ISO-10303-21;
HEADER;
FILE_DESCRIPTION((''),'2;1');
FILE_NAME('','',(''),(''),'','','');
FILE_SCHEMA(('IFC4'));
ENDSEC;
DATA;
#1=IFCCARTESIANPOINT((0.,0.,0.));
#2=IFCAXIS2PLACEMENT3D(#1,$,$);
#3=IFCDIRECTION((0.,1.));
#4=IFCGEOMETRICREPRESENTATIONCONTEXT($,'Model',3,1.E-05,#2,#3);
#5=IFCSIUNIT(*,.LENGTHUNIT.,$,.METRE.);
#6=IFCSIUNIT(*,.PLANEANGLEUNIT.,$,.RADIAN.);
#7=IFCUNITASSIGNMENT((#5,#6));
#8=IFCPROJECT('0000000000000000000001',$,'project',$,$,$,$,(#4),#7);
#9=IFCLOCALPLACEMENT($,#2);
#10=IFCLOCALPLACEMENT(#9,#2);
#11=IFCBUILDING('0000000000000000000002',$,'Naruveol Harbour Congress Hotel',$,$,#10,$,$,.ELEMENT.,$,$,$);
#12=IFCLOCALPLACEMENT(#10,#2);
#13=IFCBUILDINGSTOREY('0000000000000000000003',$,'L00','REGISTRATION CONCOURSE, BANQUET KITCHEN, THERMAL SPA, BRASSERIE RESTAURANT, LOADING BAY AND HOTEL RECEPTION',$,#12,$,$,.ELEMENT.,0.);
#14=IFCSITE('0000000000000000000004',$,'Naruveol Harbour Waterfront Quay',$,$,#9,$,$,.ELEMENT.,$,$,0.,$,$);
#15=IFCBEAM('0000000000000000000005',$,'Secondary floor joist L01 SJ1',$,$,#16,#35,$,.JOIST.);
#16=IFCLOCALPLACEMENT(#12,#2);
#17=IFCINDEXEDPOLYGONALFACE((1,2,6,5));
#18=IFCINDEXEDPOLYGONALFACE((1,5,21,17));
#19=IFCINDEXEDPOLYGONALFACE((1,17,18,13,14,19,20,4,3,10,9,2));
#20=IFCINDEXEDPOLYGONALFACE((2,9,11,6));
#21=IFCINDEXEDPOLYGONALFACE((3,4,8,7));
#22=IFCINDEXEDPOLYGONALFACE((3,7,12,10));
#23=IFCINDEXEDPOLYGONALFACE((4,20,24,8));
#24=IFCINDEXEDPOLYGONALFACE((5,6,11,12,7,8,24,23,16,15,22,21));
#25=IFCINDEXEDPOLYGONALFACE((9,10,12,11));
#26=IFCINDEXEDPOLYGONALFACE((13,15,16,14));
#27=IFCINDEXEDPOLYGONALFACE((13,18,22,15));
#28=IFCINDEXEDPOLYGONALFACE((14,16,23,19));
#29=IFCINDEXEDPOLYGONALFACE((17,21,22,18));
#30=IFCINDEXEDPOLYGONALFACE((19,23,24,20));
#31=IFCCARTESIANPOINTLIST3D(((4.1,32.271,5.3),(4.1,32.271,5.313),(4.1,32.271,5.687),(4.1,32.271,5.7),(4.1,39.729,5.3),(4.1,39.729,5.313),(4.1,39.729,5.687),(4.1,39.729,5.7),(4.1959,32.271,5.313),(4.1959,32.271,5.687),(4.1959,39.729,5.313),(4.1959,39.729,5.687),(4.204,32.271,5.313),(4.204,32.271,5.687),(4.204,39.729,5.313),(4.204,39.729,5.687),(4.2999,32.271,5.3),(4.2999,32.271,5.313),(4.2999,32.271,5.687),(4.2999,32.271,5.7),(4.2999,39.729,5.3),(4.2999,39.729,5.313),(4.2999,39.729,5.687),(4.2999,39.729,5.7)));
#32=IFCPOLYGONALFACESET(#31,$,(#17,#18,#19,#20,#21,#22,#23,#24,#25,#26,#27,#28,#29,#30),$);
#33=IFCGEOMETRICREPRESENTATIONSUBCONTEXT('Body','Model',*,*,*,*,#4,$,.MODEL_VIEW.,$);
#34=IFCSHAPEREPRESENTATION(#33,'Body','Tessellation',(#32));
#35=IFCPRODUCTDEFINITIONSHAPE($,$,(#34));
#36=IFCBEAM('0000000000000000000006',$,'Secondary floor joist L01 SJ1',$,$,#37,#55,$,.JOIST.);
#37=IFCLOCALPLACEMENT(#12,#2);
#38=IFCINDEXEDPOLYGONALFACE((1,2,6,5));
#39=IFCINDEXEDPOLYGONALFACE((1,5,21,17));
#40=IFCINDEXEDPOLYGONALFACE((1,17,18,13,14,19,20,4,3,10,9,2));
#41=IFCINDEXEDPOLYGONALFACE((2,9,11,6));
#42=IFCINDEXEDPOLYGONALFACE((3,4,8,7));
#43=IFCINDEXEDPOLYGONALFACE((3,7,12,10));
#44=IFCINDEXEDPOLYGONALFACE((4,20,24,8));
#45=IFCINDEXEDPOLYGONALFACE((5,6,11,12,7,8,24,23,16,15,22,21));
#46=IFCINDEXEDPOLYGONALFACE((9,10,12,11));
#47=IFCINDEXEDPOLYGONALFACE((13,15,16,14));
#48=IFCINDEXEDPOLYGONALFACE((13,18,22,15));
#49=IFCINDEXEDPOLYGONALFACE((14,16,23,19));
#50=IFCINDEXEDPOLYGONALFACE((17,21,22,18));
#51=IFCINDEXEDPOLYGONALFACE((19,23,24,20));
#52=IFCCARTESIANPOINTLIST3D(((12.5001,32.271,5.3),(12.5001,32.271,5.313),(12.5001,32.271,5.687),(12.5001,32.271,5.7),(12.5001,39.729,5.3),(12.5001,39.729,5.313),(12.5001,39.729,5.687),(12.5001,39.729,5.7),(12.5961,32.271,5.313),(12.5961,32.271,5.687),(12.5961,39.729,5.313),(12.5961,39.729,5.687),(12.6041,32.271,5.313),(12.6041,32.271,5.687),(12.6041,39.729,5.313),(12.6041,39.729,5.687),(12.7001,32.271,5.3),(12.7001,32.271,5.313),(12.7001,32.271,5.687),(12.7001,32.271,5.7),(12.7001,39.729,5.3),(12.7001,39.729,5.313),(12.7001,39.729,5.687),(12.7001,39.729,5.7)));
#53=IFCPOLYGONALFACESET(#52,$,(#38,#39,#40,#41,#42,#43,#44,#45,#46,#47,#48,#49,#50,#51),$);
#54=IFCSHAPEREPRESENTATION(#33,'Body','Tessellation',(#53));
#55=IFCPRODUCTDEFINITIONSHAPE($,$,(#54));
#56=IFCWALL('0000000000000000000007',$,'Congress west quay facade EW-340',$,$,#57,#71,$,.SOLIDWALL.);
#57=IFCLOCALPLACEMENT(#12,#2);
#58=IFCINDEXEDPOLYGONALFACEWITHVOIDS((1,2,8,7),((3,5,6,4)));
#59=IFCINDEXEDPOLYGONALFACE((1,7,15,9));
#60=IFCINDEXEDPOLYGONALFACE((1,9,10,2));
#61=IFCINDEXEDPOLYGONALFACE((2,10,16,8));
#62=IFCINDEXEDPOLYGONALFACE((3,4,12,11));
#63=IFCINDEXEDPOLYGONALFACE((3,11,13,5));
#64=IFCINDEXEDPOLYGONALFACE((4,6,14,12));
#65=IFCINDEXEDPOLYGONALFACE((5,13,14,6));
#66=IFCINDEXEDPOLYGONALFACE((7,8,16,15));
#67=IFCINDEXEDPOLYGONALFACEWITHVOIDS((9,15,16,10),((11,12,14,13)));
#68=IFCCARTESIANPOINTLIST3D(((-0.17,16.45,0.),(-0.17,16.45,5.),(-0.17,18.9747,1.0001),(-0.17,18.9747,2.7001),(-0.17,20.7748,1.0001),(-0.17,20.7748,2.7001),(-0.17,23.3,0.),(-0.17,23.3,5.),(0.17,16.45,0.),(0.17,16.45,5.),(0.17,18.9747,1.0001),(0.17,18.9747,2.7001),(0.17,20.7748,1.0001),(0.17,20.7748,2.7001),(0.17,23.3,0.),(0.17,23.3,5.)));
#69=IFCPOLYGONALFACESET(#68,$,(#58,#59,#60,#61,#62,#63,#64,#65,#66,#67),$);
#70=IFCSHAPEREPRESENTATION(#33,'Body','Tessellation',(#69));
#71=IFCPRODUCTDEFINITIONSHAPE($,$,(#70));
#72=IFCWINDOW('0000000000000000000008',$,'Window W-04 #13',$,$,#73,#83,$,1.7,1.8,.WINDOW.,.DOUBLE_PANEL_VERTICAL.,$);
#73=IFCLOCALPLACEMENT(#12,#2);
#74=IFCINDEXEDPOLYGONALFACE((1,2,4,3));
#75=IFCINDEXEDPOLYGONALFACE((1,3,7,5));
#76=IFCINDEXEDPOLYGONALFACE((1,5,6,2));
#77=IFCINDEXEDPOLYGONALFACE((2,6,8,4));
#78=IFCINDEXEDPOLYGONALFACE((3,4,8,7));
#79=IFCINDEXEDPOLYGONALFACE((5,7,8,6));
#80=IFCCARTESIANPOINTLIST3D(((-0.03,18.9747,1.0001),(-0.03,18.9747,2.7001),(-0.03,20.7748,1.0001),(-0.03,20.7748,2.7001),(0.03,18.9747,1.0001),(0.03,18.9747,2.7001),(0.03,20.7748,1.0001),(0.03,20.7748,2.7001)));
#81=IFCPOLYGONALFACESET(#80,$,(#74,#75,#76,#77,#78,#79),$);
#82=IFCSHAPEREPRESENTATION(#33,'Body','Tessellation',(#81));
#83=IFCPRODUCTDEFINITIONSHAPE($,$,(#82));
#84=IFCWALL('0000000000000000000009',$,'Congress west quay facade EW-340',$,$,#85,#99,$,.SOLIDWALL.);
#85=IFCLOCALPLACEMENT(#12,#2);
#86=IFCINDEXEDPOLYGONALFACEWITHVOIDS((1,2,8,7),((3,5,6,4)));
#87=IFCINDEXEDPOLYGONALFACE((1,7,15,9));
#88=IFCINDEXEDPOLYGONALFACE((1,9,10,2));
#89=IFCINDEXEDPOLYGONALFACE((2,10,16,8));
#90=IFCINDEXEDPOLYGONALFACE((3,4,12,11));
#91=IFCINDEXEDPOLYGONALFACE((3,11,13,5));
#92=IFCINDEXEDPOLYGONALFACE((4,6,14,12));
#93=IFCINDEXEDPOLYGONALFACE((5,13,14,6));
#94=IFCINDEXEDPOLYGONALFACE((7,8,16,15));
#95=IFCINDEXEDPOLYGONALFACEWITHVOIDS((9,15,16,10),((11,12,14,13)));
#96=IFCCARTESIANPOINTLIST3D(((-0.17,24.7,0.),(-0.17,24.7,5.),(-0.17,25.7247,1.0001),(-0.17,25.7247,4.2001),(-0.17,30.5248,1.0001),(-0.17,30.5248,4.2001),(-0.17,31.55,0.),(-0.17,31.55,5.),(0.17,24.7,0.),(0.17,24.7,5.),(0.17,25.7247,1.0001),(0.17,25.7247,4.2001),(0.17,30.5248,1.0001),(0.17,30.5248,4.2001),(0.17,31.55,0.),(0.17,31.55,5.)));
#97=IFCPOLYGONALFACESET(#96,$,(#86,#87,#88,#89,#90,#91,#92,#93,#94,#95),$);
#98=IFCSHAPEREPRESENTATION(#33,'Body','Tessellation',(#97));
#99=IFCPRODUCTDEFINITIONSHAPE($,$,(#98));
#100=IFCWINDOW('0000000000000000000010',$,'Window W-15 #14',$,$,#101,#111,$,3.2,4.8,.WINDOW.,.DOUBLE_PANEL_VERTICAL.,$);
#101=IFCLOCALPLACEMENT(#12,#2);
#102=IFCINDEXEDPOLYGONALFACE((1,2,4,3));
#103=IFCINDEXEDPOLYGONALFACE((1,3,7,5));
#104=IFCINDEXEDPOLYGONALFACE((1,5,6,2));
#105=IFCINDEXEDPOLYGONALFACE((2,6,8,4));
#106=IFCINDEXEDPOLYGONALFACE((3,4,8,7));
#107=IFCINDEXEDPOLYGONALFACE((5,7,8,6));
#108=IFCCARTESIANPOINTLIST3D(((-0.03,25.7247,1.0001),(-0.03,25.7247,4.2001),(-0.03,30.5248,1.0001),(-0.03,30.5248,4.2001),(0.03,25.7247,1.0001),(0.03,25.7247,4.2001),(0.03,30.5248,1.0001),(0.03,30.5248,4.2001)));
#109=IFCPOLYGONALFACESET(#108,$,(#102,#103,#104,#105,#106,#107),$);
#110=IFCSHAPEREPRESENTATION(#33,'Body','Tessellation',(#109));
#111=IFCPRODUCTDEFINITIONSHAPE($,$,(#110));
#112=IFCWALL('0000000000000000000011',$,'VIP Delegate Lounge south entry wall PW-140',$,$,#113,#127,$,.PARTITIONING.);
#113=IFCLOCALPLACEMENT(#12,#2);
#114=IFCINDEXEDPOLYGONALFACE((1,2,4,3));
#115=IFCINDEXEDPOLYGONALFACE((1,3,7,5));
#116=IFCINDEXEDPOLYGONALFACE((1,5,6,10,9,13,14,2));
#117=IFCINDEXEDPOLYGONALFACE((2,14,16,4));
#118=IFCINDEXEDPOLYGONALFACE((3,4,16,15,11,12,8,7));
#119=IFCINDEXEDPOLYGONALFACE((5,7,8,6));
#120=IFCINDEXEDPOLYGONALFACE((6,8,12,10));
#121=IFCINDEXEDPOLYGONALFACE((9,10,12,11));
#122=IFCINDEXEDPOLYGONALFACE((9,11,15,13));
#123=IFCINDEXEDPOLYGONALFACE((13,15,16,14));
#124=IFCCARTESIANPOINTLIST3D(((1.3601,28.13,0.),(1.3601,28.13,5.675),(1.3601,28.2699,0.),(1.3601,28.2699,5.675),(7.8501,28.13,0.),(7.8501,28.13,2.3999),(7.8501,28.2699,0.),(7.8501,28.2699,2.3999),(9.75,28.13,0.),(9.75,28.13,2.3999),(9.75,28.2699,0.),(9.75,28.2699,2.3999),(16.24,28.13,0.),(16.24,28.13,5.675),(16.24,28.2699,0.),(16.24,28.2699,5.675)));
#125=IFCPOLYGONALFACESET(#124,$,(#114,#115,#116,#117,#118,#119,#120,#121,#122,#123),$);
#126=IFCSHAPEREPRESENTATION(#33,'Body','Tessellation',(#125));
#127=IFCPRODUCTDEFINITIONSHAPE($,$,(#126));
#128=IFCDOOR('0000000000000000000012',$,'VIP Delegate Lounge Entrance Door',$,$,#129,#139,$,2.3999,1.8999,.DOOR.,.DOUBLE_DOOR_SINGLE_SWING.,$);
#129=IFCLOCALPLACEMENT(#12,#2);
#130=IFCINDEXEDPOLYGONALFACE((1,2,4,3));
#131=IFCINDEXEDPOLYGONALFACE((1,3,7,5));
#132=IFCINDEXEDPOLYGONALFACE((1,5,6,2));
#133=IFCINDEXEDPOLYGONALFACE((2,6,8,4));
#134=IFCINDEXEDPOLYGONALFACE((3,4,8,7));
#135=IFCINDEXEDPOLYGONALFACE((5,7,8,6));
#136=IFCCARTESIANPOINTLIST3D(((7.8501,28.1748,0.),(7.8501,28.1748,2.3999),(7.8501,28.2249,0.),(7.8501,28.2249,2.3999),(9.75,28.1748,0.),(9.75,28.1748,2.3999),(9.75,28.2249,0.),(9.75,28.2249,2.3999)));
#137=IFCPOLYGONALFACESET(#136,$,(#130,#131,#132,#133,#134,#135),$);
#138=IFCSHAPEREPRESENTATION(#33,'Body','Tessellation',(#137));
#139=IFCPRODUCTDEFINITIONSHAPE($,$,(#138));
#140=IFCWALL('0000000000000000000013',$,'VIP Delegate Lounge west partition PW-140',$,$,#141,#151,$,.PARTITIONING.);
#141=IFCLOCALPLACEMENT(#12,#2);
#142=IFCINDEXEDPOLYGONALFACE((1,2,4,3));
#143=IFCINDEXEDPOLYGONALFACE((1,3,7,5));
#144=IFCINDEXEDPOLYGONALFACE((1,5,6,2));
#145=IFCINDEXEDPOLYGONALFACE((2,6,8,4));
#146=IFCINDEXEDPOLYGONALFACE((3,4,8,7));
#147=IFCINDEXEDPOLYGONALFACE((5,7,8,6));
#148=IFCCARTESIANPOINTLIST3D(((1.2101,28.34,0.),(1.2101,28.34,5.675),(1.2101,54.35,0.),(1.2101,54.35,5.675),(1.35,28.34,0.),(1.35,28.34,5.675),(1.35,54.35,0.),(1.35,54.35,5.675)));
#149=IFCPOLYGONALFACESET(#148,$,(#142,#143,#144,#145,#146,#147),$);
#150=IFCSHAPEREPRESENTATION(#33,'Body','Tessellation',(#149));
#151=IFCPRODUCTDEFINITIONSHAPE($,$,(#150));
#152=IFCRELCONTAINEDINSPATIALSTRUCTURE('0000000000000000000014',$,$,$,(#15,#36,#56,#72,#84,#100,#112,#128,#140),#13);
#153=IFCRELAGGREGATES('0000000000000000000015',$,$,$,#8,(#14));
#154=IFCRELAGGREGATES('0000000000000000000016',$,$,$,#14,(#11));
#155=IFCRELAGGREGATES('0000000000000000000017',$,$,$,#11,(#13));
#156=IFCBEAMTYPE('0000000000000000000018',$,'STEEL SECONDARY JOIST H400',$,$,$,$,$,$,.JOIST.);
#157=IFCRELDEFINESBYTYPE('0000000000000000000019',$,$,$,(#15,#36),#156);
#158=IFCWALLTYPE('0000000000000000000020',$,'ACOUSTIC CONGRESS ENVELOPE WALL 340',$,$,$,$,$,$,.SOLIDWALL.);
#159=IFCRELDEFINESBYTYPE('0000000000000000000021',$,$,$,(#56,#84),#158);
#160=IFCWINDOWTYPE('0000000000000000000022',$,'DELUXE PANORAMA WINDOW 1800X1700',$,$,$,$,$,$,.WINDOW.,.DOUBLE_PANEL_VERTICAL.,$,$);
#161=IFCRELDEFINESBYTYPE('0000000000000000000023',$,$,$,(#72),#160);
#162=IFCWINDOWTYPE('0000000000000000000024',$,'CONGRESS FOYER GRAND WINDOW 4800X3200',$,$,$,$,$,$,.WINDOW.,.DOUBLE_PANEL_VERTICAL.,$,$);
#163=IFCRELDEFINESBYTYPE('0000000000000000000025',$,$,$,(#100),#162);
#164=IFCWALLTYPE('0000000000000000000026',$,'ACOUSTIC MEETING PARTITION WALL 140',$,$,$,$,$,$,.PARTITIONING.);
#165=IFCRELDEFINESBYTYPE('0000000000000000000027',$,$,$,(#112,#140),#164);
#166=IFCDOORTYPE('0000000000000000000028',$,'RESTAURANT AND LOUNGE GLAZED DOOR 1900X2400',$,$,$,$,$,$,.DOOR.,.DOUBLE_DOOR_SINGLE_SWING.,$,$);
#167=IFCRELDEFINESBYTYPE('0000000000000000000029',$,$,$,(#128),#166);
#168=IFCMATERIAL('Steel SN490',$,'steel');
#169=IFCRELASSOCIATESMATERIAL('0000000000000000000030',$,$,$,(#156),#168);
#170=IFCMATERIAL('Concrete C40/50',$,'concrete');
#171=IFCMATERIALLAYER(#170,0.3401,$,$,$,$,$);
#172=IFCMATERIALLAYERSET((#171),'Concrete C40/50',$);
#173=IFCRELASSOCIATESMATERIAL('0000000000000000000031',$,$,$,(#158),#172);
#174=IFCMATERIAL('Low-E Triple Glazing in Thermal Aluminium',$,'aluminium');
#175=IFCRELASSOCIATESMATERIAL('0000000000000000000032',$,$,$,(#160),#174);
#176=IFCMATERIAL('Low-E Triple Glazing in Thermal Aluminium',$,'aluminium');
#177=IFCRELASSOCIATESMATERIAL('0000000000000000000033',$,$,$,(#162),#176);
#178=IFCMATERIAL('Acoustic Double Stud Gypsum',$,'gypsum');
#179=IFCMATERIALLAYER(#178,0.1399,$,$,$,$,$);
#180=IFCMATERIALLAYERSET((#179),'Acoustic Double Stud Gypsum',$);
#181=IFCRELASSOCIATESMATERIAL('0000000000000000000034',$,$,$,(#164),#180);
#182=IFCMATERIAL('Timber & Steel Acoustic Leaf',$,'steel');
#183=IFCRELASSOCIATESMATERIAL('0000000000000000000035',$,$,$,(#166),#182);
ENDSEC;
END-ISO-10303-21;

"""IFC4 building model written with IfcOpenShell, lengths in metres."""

from ifc_helpers import new_model, si_unit, direction, frame, frame_2d, origin, origin_2d, place, context, subcontext, project, spatial, rectangle, i_section, extrude, material, layer, layer_set, material_profile, profile_set, type_object, element, fill, save


model = new_model("IFC4")

# Units and contexts
model_context = context("Model", 3, precision=1e-05, world=origin(), true_north=direction((0.0, 1.0)))
body_context = subcontext(model_context, "Body", "Model", "MODEL_VIEW")
ifc_project = project(units=[si_unit("LENGTHUNIT", "METRE"), si_unit("PLANEANGLEUNIT", "RADIAN")], contexts=[model_context])

# Site, building, storey
site_placement = place(None, origin())
site = spatial("IfcSite", under=ifc_project, at=site_placement, Name="Naruveol Harbour Waterfront Quay", CompositionType="ELEMENT", RefElevation=0.0)
building_placement = place(site_placement, origin())
building = spatial("IfcBuilding", under=site, at=building_placement, Name="Naruveol Harbour Congress Hotel", CompositionType="ELEMENT")
storey_placement = place(building_placement, origin())
storey = spatial("IfcBuildingStorey", under=building, at=storey_placement, Name="L00", Description="REGISTRATION CONCOURSE, BANQUET KITCHEN, THERMAL SPA, BRASSERIE RESTAURANT, LOADING BAY AND HOTEL RECEPTION", CompositionType="ELEMENT", Elevation=0.0)

# Beams
ifc_material_1 = material(Name="Steel SN490", Category="steel")
ifc_material_profile_1 = material_profile(ifc_material_1, i_section(OverallWidth=0.2, OverallDepth=0.3999, WebThickness=0.0081, FlangeThickness=0.0129, at=origin_2d()), Name="H-400x200x8x13")
ifc_profile_set_1 = profile_set([ifc_material_profile_1], Name="Steel SN490")
beam_type_1 = type_object("IfcBeamType", Name="STEEL SECONDARY JOIST H400", PredefinedType="JOIST", material=ifc_profile_set_1)
for number, where, z_axis, x_axis, name in (
    (1, (4.2, 32.271, 5.5), (0.0, 1.0, 0.0), (-1.0, 0.0, 0.0), "Secondary floor joist L01 SJ1"),
    (2, (12.6001, 32.271, 5.5), (0.0, 1.0, 0.0), (-1.0, 0.0, 0.0), "Secondary floor joist L01 SJ1"),
):
    element("IfcBeam", number, at=place(storey_placement, frame(where, z_axis=z_axis, x_axis=x_axis)), inside=storey, type_object=beam_type_1, Name=name, PredefinedType="JOIST", context=body_context, shape_type="SweptSolid", body=[
        extrude(i_section(OverallWidth=0.2, OverallDepth=0.3999, WebThickness=0.0081, FlangeThickness=0.0129, at=origin_2d()), origin(), (0.0, 0.0, 1.0), 7.458),
    ])

# Walls, openings, windows
ifc_material_2 = material(Name="Concrete C40/50", Category="concrete")
ifc_layer_1 = layer(ifc_material_2, 0.3401)
ifc_layer_set_1 = layer_set([ifc_layer_1], Name="Concrete C40/50")
wall_type_1 = type_object("IfcWallType", Name="ACOUSTIC CONGRESS ENVELOPE WALL 340", PredefinedType="SOLIDWALL", material=ifc_layer_set_1)
wall_1_placement = place(storey_placement, frame((0.0, 16.45, 0.0), z_axis=(0.0, 0.0, 1.0), x_axis=(0.0, 1.0, 0.0)))
wall_1 = element("IfcWall", 3, at=wall_1_placement, inside=storey, type_object=wall_type_1, Name="Congress west quay facade EW-340", PredefinedType="SOLIDWALL", context=body_context, shape_type="SweptSolid", body=[
    extrude(rectangle(XDim=6.8501, YDim=0.3401, at=frame_2d((3.425, 0.0))), origin(), (0.0, 0.0, 1.0), 5.0),
])
opening_1_placement = place(wall_1_placement, frame((2.5249, 0.0, 1.0)))
opening_1 = element("IfcOpeningElement", 4, at=opening_1_placement, cuts=wall_1, PredefinedType="OPENING", context=body_context, shape_type="SweptSolid", body=[
    extrude(rectangle(XDim=1.8, YDim=1.7, at=frame_2d((0.8999, 0.8501))), frame((0.0, 0.1799, 0.0), z_axis=(0.0, -1.0, 0.0), x_axis=(1.0, 0.0, 0.0)), (0.0, 0.0, 1.0), 0.3601),
])
ifc_material_3 = material(Name="Low-E Triple Glazing in Thermal Aluminium", Category="aluminium")
window_type_1 = type_object("IfcWindowType", Name="DELUXE PANORAMA WINDOW 1800X1700", PartitioningType="DOUBLE_PANEL_VERTICAL", PredefinedType="WINDOW", material=ifc_material_3)
window_1_placement = place(opening_1_placement, origin())
window_1 = element("IfcWindow", 5, at=window_1_placement, inside=storey, type_object=window_type_1, Name="Window W-04 #13", OverallHeight=1.7, OverallWidth=1.8, PartitioningType="DOUBLE_PANEL_VERTICAL", PredefinedType="WINDOW", context=body_context, shape_type="SweptSolid", body=[
    extrude(rectangle(XDim=1.8, YDim=1.7, at=frame_2d((0.8999, 0.8501))), frame((0.0, 0.03, 0.0), z_axis=(0.0, -1.0, 0.0), x_axis=(1.0, 0.0, 0.0)), (0.0, 0.0, 1.0), 0.0601),
])
fill(opening_1, window_1)
wall_2_placement = place(storey_placement, frame((0.0, 24.7, 0.0), z_axis=(0.0, 0.0, 1.0), x_axis=(0.0, 1.0, 0.0)))
wall_2 = element("IfcWall", 6, at=wall_2_placement, inside=storey, type_object=wall_type_1, Name="Congress west quay facade EW-340", PredefinedType="SOLIDWALL", context=body_context, shape_type="SweptSolid", body=[
    extrude(rectangle(XDim=6.8501, YDim=0.3401, at=frame_2d((3.425, 0.0))), origin(), (0.0, 0.0, 1.0), 5.0),
])
opening_2_placement = place(wall_2_placement, frame((1.0249, 0.0, 1.0)))
opening_2 = element("IfcOpeningElement", 7, at=opening_2_placement, cuts=wall_2, PredefinedType="OPENING", context=body_context, shape_type="SweptSolid", body=[
    extrude(rectangle(XDim=4.8, YDim=3.2, at=frame_2d((2.3999, 1.6001))), frame((0.0, 0.1799, 0.0), z_axis=(0.0, -1.0, 0.0), x_axis=(1.0, 0.0, 0.0)), (0.0, 0.0, 1.0), 0.3601),
])
ifc_material_4 = material(Name="Low-E Triple Glazing in Thermal Aluminium", Category="aluminium")
window_type_2 = type_object("IfcWindowType", Name="CONGRESS FOYER GRAND WINDOW 4800X3200", PartitioningType="DOUBLE_PANEL_VERTICAL", PredefinedType="WINDOW", material=ifc_material_4)
window_2_placement = place(opening_2_placement, origin())
window_2 = element("IfcWindow", 8, at=window_2_placement, inside=storey, type_object=window_type_2, Name="Window W-15 #14", OverallHeight=3.2, OverallWidth=4.8, PartitioningType="DOUBLE_PANEL_VERTICAL", PredefinedType="WINDOW", context=body_context, shape_type="SweptSolid", body=[
    extrude(rectangle(XDim=4.8, YDim=3.2, at=frame_2d((2.3999, 1.6001))), frame((0.0, 0.03, 0.0), z_axis=(0.0, -1.0, 0.0), x_axis=(1.0, 0.0, 0.0)), (0.0, 0.0, 1.0), 0.0601),
])
fill(opening_2, window_2)

# Wall, opening, door
ifc_material_5 = material(Name="Acoustic Double Stud Gypsum", Category="gypsum")
ifc_layer_2 = layer(ifc_material_5, 0.1399)
ifc_layer_set_2 = layer_set([ifc_layer_2], Name="Acoustic Double Stud Gypsum")
wall_type_2 = type_object("IfcWallType", Name="ACOUSTIC MEETING PARTITION WALL 140", PredefinedType="PARTITIONING", material=ifc_layer_set_2)
wall_3_placement = place(storey_placement, frame((1.3601, 28.2, 0.0), z_axis=(0.0, 0.0, 1.0), x_axis=(1.0, 0.0, 0.0)))
wall_3 = element("IfcWall", 9, at=wall_3_placement, inside=storey, type_object=wall_type_2, Name="VIP Delegate Lounge south entry wall PW-140", PredefinedType="PARTITIONING", context=body_context, shape_type="SweptSolid", body=[
    extrude(rectangle(XDim=14.8799, YDim=0.1399, at=frame_2d((7.4399, 0.0))), origin(), (0.0, 0.0, 1.0), 5.675),
])
opening_3_placement = place(wall_3_placement, frame((6.49, 0.0, 0.0)))
opening_3 = element("IfcOpeningElement", 10, at=opening_3_placement, cuts=wall_3, PredefinedType="OPENING", context=body_context, shape_type="SweptSolid", body=[
    extrude(rectangle(XDim=1.8999, YDim=2.3999, at=frame_2d((0.95, 1.2))), frame((0.0, 0.0798, 0.0), z_axis=(0.0, -1.0, 0.0), x_axis=(1.0, 0.0, 0.0)), (0.0, 0.0, 1.0), 0.1599),
])
ifc_material_6 = material(Name="Timber & Steel Acoustic Leaf", Category="steel")
door_type = type_object("IfcDoorType", Name="RESTAURANT AND LOUNGE GLAZED DOOR 1900X2400", OperationType="DOUBLE_DOOR_SINGLE_SWING", PredefinedType="DOOR", material=ifc_material_6)
door_placement = place(opening_3_placement, origin())
door = element("IfcDoor", 11, at=door_placement, inside=storey, type_object=door_type, Name="VIP Delegate Lounge Entrance Door", OperationType="DOUBLE_DOOR_SINGLE_SWING", OverallHeight=2.3999, OverallWidth=1.8999, PredefinedType="DOOR", context=body_context, shape_type="SweptSolid", body=[
    extrude(rectangle(XDim=1.8999, YDim=2.3999, at=frame_2d((0.95, 1.2))), frame((0.0, 0.0249, 0.0), z_axis=(0.0, -1.0, 0.0), x_axis=(1.0, 0.0, 0.0)), (0.0, 0.0, 1.0), 0.05),
])
fill(opening_3, door)

# Wall
wall_4_placement = place(storey_placement, frame((1.28, 28.3401, 0.0), z_axis=(0.0, 0.0, 1.0), x_axis=(0.0, 1.0, 0.0)))
element("IfcWall", 12, at=wall_4_placement, inside=storey, type_object=wall_type_2, Name="VIP Delegate Lounge west partition PW-140", PredefinedType="PARTITIONING", context=body_context, shape_type="SweptSolid", body=[
    extrude(rectangle(XDim=26.01, YDim=0.1399, at=frame_2d((13.0049, 0.0))), origin(), (0.0, 0.0, 1.0), 5.675),
])

save(model, "model.ifc")
